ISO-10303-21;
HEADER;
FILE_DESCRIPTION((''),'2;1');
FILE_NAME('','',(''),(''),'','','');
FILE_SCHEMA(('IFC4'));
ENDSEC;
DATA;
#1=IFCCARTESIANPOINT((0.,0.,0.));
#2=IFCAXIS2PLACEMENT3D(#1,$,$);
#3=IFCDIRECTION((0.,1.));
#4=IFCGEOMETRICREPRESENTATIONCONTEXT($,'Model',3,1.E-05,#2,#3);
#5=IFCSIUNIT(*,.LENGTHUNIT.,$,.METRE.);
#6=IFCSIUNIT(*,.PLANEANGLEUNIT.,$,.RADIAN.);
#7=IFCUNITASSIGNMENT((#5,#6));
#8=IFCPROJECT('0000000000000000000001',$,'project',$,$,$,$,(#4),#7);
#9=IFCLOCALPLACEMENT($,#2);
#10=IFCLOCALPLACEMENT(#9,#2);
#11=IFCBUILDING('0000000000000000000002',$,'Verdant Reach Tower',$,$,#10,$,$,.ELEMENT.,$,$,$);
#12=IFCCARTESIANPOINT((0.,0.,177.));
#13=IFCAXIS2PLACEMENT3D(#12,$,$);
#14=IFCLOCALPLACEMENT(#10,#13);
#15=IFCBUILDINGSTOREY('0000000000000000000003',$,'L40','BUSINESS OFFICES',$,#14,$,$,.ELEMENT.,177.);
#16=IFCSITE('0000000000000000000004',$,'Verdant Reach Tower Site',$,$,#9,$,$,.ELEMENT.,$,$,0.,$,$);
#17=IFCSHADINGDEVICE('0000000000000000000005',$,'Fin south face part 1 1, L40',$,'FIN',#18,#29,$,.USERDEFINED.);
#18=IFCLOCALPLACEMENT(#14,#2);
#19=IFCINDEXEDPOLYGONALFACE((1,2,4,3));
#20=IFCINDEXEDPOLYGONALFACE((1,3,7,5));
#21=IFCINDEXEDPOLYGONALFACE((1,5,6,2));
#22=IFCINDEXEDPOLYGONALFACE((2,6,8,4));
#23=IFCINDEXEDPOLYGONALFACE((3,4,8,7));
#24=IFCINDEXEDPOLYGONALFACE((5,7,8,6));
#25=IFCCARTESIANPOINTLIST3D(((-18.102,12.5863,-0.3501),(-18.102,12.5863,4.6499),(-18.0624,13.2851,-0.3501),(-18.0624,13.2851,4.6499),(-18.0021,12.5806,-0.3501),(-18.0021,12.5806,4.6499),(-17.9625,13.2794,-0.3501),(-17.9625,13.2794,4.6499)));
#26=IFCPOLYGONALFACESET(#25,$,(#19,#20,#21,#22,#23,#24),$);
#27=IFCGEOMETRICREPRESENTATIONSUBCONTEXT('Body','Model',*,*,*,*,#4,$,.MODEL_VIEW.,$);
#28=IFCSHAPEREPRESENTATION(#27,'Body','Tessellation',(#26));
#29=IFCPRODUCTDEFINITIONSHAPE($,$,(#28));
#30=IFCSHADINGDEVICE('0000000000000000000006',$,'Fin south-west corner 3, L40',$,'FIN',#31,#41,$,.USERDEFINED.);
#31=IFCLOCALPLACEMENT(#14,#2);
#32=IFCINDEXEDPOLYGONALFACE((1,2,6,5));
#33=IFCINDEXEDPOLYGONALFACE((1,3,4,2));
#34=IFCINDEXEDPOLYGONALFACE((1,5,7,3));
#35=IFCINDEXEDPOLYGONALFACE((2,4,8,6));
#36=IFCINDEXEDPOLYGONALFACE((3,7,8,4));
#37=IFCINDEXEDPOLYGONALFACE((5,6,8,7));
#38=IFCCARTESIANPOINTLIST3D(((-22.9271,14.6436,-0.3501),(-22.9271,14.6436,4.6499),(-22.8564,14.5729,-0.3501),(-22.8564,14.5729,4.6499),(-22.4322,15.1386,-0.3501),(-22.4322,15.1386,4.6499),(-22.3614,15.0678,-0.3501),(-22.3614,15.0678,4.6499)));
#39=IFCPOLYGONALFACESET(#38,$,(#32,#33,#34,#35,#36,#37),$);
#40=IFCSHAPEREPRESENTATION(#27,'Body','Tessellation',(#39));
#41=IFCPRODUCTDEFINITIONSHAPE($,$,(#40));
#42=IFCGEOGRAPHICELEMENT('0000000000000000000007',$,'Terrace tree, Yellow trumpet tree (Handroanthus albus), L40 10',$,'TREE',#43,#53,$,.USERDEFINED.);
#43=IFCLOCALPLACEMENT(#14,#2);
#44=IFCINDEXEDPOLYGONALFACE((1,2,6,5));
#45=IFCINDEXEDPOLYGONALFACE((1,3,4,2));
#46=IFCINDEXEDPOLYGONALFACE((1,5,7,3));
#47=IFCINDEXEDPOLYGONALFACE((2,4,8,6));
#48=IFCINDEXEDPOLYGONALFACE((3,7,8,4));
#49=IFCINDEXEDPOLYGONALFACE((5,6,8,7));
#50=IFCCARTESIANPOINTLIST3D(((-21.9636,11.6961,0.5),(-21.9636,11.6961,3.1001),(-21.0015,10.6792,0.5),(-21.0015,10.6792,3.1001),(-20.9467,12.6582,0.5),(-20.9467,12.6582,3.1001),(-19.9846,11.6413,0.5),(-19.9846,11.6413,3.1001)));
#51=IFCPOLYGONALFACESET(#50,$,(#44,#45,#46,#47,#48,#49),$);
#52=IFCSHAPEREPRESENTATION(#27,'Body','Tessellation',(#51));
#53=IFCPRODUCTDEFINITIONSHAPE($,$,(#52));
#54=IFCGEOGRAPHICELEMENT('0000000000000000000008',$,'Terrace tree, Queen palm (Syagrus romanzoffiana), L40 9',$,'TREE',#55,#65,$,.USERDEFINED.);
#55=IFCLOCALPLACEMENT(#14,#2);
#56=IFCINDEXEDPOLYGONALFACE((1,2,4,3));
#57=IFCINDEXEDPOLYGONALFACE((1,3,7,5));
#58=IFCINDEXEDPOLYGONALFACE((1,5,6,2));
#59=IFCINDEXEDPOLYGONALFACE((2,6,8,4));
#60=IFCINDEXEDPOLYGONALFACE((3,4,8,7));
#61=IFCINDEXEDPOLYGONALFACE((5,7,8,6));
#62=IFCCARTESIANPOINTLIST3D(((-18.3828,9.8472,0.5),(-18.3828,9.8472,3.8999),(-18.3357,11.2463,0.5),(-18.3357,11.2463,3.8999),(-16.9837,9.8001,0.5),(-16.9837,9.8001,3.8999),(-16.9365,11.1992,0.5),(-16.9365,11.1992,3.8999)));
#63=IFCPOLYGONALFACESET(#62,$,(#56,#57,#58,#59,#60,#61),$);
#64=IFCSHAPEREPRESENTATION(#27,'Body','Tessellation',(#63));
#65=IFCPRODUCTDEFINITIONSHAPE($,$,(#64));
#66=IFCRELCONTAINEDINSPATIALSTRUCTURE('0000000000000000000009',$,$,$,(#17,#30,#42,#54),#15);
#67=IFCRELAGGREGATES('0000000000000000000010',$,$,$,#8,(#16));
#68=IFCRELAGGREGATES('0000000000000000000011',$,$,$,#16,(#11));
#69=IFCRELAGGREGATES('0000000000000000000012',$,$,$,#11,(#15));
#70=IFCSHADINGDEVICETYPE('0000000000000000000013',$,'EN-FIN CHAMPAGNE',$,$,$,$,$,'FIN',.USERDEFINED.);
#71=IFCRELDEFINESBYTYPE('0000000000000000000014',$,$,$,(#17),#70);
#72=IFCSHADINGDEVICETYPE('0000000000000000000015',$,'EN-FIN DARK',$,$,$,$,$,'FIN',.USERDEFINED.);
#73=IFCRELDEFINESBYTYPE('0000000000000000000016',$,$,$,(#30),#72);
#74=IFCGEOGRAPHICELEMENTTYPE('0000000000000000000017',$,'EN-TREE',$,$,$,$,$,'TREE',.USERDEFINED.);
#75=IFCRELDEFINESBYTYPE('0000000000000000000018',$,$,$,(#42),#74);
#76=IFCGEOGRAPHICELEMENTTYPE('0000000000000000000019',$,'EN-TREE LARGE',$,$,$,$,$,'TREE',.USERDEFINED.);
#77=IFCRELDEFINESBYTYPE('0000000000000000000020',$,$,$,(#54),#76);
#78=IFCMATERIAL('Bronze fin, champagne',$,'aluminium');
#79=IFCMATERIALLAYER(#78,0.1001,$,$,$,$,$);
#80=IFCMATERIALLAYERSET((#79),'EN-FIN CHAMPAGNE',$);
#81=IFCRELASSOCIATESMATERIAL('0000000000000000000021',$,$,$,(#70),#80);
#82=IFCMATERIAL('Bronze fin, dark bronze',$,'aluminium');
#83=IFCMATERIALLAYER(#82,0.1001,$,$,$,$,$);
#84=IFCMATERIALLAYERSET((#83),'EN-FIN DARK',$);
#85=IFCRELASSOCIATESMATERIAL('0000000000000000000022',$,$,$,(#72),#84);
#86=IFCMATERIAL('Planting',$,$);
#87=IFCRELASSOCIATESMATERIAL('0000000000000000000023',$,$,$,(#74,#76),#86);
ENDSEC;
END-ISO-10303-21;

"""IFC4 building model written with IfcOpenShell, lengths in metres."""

from ifc_helpers import new_model, si_unit, direction, frame, origin, origin_2d, place, context, subcontext, project, spatial, rectangle, extrude, material, layer, layer_set, type_object, element, save


model = new_model("IFC4")

# Units and contexts
model_context = context("Model", 3, precision=1e-05, world=origin(), true_north=direction((0.0, 1.0)))
body_context = subcontext(model_context, "Body", "Model", "MODEL_VIEW")
ifc_project = project(units=[si_unit("LENGTHUNIT", "METRE"), si_unit("PLANEANGLEUNIT", "RADIAN")], contexts=[model_context])

# Site, building, storey
site_placement = place(None, origin())
site = spatial("IfcSite", under=ifc_project, at=site_placement, Name="Verdant Reach Tower Site", CompositionType="ELEMENT", RefElevation=0.0)
building_placement = place(site_placement, origin())
building = spatial("IfcBuilding", under=site, at=building_placement, Name="Verdant Reach Tower", CompositionType="ELEMENT")
storey_placement = place(building_placement, frame((0.0, 0.0, 177.0)))
storey = spatial("IfcBuildingStorey", under=building, at=storey_placement, Name="L40", Description="BUSINESS OFFICES", CompositionType="ELEMENT", Elevation=177.0)

# Shading devices
ifc_material_1 = material(Name="Bronze fin, champagne", Category="aluminium")
ifc_layer_1 = layer(ifc_material_1, 0.1001)
ifc_layer_set_1 = layer_set([ifc_layer_1], Name="EN-FIN CHAMPAGNE")
shading_device_type_1 = type_object("IfcShadingDeviceType", Name="EN-FIN CHAMPAGNE", ElementType="FIN", PredefinedType="USERDEFINED", material=ifc_layer_set_1)
shading_device_1_placement = place(storey_placement, frame((-18.0322, 12.9329, -0.3501), z_axis=(0.0, 0.0, 1.0), x_axis=(0.998399, -0.056569, 0.0)))
element("IfcShadingDevice", 1, at=shading_device_1_placement, inside=storey, type_object=shading_device_type_1, Name="Fin south face part 1 1, L40", ObjectType="FIN", PredefinedType="USERDEFINED", context=body_context, shape_type="SweptSolid", body=[
    extrude(rectangle(XDim=0.1001, YDim=0.7, at=origin_2d()), origin(), (0.0, 0.0, 1.0), 5.0),
])
ifc_material_2 = material(Name="Bronze fin, dark bronze", Category="aluminium")
ifc_layer_2 = layer(ifc_material_2, 0.1001)
ifc_layer_set_2 = layer_set([ifc_layer_2], Name="EN-FIN DARK")
shading_device_type_2 = type_object("IfcShadingDeviceType", Name="EN-FIN DARK", ElementType="FIN", PredefinedType="USERDEFINED", material=ifc_layer_set_2)
shading_device_2_placement = place(storey_placement, frame((-22.6443, 14.8557, -0.3501), z_axis=(0.0, 0.0, 1.0), x_axis=(0.707107, -0.707107, 0.0)))
element("IfcShadingDevice", 2, at=shading_device_2_placement, inside=storey, type_object=shading_device_type_2, Name="Fin south-west corner 3, L40", ObjectType="FIN", PredefinedType="USERDEFINED", context=body_context, shape_type="SweptSolid", body=[
    extrude(rectangle(XDim=0.1001, YDim=0.7, at=origin_2d()), origin(), (0.0, 0.0, 1.0), 5.0),
])

# Geographic elements
ifc_material_3 = material(Name="Planting")
geographic_element_type_1 = type_object("IfcGeographicElementType", Name="EN-TREE", ElementType="TREE", PredefinedType="USERDEFINED", material=ifc_material_3)
geographic_element_1_placement = place(storey_placement, frame((-20.9741, 11.6687, 0.5), z_axis=(0.0, 0.0, 1.0), x_axis=(-0.687257, 0.726414, 0.0)))
element("IfcGeographicElement", 3, at=geographic_element_1_placement, inside=storey, type_object=geographic_element_type_1, Name="Terrace tree, Yellow trumpet tree (Handroanthus albus), L40 10", ObjectType="TREE", PredefinedType="USERDEFINED", context=body_context, shape_type="SweptSolid", body=[
    extrude(rectangle(XDim=1.3999, YDim=1.3999, at=origin_2d()), origin(), (0.0, 0.0, 1.0), 2.6001),
])
geographic_element_type_2 = type_object("IfcGeographicElementType", Name="EN-TREE LARGE", ElementType="TREE", PredefinedType="USERDEFINED", material=ifc_material_3)
geographic_element_2_placement = place(storey_placement, frame((-17.6597, 10.5232, 0.5), z_axis=(0.0, 0.0, 1.0), x_axis=(-0.999433, 0.033675, 0.0)))
element("IfcGeographicElement", 4, at=geographic_element_2_placement, inside=storey, type_object=geographic_element_type_2, Name="Terrace tree, Queen palm (Syagrus romanzoffiana), L40 9", ObjectType="TREE", PredefinedType="USERDEFINED", context=body_context, shape_type="SweptSolid", body=[
    extrude(rectangle(XDim=1.3999, YDim=1.3999, at=origin_2d()), origin(), (0.0, 0.0, 1.0), 3.3999),
])

save(model, "model.ifc")
